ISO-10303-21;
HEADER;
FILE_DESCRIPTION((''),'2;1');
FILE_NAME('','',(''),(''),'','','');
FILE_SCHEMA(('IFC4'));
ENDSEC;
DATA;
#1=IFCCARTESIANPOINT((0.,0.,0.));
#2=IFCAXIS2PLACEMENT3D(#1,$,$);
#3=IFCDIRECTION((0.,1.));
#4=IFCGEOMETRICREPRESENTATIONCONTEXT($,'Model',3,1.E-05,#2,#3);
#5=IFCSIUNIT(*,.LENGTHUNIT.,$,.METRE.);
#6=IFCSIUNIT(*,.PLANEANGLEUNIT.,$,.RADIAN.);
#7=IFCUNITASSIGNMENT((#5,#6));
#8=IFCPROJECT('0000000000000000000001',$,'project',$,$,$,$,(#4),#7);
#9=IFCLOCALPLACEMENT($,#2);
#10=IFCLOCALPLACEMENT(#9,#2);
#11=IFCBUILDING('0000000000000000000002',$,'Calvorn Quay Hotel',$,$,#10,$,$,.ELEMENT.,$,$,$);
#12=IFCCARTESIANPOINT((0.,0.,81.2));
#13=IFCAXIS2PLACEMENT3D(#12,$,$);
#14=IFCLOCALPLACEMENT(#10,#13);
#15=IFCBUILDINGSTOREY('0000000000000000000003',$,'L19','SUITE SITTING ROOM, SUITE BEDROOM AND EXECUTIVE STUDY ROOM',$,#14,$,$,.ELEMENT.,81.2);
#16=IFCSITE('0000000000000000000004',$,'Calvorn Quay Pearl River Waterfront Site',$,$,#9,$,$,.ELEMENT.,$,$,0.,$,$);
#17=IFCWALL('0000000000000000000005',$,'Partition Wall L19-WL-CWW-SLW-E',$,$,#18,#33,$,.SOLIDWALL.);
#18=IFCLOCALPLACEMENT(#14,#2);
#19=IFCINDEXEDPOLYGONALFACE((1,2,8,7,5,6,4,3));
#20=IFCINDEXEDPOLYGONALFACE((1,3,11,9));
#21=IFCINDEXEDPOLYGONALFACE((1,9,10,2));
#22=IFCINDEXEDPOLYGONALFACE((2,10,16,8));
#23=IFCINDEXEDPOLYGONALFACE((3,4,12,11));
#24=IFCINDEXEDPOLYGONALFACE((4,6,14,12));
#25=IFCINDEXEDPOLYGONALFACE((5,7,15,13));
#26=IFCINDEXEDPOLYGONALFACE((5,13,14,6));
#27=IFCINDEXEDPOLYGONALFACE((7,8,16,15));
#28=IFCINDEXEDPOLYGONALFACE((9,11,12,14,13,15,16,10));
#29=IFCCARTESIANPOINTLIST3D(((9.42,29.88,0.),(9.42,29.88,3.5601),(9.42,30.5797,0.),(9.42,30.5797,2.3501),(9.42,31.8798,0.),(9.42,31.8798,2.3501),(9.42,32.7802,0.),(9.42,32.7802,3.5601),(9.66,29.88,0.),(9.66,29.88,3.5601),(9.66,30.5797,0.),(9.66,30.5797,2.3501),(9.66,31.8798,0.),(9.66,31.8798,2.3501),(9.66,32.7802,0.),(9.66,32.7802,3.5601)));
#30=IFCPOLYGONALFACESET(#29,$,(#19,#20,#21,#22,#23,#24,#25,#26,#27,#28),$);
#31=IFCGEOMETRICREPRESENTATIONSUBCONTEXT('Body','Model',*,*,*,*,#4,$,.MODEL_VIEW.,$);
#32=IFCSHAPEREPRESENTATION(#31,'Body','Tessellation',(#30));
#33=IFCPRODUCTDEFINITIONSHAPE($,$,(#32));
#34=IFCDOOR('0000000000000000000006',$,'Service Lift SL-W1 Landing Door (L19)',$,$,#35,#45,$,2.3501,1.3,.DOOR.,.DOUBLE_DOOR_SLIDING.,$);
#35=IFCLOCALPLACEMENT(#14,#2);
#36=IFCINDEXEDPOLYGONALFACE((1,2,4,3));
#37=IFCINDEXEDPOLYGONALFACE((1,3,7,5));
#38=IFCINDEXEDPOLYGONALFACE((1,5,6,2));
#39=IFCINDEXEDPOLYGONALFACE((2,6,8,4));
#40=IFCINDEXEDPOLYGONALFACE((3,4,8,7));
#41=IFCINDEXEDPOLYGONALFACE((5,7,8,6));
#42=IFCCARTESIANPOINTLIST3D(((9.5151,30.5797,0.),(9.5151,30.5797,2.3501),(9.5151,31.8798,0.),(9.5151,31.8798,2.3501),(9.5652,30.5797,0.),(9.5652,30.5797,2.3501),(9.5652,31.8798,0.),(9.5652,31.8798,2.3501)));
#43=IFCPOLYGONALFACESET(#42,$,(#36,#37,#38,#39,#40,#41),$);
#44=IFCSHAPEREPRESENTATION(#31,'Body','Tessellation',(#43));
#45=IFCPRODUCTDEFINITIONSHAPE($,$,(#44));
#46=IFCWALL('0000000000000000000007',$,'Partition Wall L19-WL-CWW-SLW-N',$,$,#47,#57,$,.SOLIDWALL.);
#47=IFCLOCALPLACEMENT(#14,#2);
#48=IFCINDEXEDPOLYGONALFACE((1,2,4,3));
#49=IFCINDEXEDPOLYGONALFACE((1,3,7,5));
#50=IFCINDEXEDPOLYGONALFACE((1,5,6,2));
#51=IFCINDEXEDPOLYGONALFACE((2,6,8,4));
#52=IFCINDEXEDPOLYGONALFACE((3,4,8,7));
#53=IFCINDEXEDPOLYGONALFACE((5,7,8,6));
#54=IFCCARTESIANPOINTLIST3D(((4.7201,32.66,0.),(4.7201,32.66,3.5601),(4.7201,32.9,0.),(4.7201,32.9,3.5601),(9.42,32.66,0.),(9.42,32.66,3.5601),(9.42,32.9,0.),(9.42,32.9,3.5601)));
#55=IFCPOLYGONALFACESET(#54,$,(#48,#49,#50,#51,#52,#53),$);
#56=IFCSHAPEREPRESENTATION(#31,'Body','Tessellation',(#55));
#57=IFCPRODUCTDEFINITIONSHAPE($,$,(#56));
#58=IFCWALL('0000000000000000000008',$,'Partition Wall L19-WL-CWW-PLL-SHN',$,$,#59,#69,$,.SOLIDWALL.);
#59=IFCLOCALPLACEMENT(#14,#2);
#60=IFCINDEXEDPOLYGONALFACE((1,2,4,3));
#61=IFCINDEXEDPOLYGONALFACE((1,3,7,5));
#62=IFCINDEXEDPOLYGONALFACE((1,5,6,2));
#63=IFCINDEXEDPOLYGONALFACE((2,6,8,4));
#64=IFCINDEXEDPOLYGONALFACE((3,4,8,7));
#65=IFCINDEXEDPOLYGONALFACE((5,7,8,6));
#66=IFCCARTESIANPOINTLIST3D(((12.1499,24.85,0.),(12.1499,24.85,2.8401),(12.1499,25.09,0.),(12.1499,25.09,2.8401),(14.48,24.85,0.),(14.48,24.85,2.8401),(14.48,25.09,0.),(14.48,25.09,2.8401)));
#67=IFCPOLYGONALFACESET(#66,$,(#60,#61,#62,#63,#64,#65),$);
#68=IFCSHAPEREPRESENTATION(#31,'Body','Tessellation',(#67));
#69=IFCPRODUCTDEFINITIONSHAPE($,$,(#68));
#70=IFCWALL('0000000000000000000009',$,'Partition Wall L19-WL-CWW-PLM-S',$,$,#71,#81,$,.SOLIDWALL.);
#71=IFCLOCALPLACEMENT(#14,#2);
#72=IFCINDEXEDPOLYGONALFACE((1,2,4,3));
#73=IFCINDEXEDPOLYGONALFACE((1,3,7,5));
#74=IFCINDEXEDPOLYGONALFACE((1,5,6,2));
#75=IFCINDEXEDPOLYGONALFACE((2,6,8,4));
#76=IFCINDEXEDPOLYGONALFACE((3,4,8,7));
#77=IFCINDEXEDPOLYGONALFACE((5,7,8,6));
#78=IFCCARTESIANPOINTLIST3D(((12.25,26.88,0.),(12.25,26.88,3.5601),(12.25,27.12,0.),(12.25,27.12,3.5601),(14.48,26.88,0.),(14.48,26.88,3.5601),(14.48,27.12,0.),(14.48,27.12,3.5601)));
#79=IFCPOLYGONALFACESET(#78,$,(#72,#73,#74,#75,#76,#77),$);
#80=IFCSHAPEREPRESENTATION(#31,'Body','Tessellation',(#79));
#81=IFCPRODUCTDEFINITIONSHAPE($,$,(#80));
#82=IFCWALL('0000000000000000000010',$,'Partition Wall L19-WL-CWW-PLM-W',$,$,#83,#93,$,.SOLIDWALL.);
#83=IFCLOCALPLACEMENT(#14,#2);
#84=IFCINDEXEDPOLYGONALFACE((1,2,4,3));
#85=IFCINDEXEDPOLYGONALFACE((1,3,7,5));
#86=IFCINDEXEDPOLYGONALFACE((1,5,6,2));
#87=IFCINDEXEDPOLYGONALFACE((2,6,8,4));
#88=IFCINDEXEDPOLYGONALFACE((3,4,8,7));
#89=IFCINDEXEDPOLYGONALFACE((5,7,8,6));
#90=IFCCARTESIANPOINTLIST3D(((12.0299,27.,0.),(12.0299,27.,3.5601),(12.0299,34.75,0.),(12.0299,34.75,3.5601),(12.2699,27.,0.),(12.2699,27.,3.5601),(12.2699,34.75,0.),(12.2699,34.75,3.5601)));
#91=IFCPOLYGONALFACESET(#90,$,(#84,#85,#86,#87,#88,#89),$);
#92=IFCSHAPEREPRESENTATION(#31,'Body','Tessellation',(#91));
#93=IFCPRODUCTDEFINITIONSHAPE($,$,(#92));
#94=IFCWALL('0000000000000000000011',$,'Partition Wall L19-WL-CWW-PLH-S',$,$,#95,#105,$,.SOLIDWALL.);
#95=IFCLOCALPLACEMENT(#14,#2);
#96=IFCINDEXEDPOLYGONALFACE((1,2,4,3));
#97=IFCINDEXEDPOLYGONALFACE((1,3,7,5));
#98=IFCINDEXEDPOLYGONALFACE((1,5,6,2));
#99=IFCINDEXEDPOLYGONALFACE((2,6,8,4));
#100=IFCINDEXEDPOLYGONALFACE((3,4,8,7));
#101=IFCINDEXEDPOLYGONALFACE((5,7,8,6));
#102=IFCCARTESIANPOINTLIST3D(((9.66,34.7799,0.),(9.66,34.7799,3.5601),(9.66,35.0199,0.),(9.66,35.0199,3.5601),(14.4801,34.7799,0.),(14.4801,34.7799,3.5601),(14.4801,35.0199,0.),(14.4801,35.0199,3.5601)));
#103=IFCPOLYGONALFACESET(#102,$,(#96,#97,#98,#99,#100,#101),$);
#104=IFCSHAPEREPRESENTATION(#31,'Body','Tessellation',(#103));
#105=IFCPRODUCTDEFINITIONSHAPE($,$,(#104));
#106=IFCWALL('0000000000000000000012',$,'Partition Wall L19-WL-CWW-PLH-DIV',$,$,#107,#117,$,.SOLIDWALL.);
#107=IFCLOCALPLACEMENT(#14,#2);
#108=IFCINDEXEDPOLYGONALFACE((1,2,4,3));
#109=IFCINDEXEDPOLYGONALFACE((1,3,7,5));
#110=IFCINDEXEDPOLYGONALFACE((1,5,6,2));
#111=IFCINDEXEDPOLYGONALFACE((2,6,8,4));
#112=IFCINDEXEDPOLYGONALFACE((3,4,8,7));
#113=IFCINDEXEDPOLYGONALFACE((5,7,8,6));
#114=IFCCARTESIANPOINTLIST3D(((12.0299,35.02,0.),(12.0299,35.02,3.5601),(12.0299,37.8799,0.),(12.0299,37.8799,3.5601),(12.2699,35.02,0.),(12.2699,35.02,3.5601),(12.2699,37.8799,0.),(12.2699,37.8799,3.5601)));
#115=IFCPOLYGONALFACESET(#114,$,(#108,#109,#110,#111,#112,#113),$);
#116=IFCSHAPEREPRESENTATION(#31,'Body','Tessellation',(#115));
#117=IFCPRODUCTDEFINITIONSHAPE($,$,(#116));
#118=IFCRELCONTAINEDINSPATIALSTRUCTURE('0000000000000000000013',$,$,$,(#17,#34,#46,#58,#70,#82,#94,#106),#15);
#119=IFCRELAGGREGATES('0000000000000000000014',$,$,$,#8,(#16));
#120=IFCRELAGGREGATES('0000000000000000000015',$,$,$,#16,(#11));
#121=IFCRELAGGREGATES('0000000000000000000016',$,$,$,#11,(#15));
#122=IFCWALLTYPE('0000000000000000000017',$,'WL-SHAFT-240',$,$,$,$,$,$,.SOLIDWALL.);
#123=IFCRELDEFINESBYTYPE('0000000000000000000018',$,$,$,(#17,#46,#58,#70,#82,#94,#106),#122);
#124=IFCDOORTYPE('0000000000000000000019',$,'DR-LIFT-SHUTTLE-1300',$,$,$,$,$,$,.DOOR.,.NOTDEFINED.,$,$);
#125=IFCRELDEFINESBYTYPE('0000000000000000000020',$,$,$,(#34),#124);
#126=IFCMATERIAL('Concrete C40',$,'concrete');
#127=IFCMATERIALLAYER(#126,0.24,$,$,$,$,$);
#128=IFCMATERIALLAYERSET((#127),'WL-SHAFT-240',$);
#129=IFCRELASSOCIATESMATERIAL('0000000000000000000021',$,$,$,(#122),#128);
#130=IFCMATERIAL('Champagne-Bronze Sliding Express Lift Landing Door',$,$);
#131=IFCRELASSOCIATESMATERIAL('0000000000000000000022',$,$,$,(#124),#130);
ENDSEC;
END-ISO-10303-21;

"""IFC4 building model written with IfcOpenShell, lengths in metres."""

from ifc_helpers import new_model, si_unit, direction, frame, frame_2d, origin, place, context, subcontext, project, spatial, rectangle, extrude, material, layer, layer_set, type_object, element, fill, save


model = new_model("IFC4")

# Units and contexts
model_context = context("Model", 3, precision=1e-05, world=origin(), true_north=direction((0.0, 1.0)))
body_context = subcontext(model_context, "Body", "Model", "MODEL_VIEW")
ifc_project = project(units=[si_unit("LENGTHUNIT", "METRE"), si_unit("PLANEANGLEUNIT", "RADIAN")], contexts=[model_context])

# Site, building, storey
site_placement = place(None, origin())
site = spatial("IfcSite", under=ifc_project, at=site_placement, Name="Calvorn Quay Pearl River Waterfront Site", CompositionType="ELEMENT", RefElevation=0.0)
building_placement = place(site_placement, origin())
building = spatial("IfcBuilding", under=site, at=building_placement, Name="Calvorn Quay Hotel", CompositionType="ELEMENT")
storey_placement = place(building_placement, frame((0.0, 0.0, 81.2)))
storey = spatial("IfcBuildingStorey", under=building, at=storey_placement, Name="L19", Description="SUITE SITTING ROOM, SUITE BEDROOM AND EXECUTIVE STUDY ROOM", CompositionType="ELEMENT", Elevation=81.2)

# Shared definitions
ifc_material_1 = material(Name="Concrete C40", Category="concrete")
ifc_layer_1 = layer(ifc_material_1, 0.24)
ifc_layer_set_1 = layer_set([ifc_layer_1], Name="WL-SHAFT-240")
wall_type_1 = type_object("IfcWallType", Name="WL-SHAFT-240", PredefinedType="SOLIDWALL", material=ifc_layer_set_1)

# Shared definitions
ifc_material_2 = material(Name="Champagne-Bronze Sliding Express Lift Landing Door")
door_type_1 = type_object("IfcDoorType", Name="DR-LIFT-SHUTTLE-1300", OperationType="NOTDEFINED", PredefinedType="DOOR", material=ifc_material_2)

# Wall, opening, door
wall_1_placement = place(storey_placement, frame((9.54, 29.8799, 0.0), z_axis=(0.0, 0.0, 1.0), x_axis=(0.0, 1.0, 0.0)))
wall_1 = element("IfcWall", 1, at=wall_1_placement, inside=storey, type_object=wall_type_1, Name="Partition Wall L19-WL-CWW-SLW-E", PredefinedType="SOLIDWALL", context=body_context, shape_type="SweptSolid", body=[
    extrude(rectangle(XDim=2.9001, YDim=0.24, at=frame_2d((1.4502, 0.0))), origin(), (0.0, 0.0, 1.0), 3.5601),
])
opening_1_placement = place(wall_1_placement, frame((0.7, 0.0, 0.0)))
opening_1 = element("IfcOpeningElement", 2, at=opening_1_placement, cuts=wall_1, PredefinedType="OPENING", context=body_context, shape_type="SweptSolid", body=[
    extrude(rectangle(XDim=1.3, YDim=2.3501, at=frame_2d((0.6499, 1.175))), frame((0.0, 0.1299, 0.0), z_axis=(0.0, -1.0, 0.0), x_axis=(1.0, 0.0, 0.0)), (0.0, 0.0, 1.0), 0.26),
])
door_1_placement = place(opening_1_placement, origin())
door_1 = element("IfcDoor", 3, at=door_1_placement, inside=storey, type_object=door_type_1, Name="Service Lift SL-W1 Landing Door (L19)", OperationType="DOUBLE_DOOR_SLIDING", OverallHeight=2.3501, OverallWidth=1.3, PredefinedType="DOOR", context=body_context, shape_type="SweptSolid", body=[
    extrude(rectangle(XDim=1.3, YDim=2.3501, at=frame_2d((0.6499, 1.175))), frame((0.0, 0.0249, 0.0), z_axis=(0.0, -1.0, 0.0), x_axis=(1.0, 0.0, 0.0)), (0.0, 0.0, 1.0), 0.05),
])
fill(opening_1, door_1)

# Wall
wall_2_placement = place(storey_placement, frame((4.72, 32.78, 0.0), z_axis=(0.0, 0.0, 1.0), x_axis=(1.0, 0.0, 0.0)))
element("IfcWall", 4, at=wall_2_placement, inside=storey, type_object=wall_type_1, Name="Partition Wall L19-WL-CWW-SLW-N", PredefinedType="SOLIDWALL", context=body_context, shape_type="SweptSolid", body=[
    extrude(rectangle(XDim=4.7, YDim=0.24, at=frame_2d((2.3501, 0.0))), origin(), (0.0, 0.0, 1.0), 3.5601),
])

# Walls
wall_3_placement = place(storey_placement, frame((12.1499, 24.97, 0.0), z_axis=(0.0, 0.0, 1.0), x_axis=(1.0, 0.0, 0.0)))
element("IfcWall", 5, at=wall_3_placement, inside=storey, type_object=wall_type_1, Name="Partition Wall L19-WL-CWW-PLL-SHN", PredefinedType="SOLIDWALL", context=body_context, shape_type="SweptSolid", body=[
    extrude(rectangle(XDim=2.3301, YDim=0.24, at=frame_2d((1.165, 0.0))), origin(), (0.0, 0.0, 1.0), 2.8401),
])
wall_4_placement = place(storey_placement, frame((12.25, 27.0, 0.0), z_axis=(0.0, 0.0, 1.0), x_axis=(1.0, 0.0, 0.0)))
element("IfcWall", 6, at=wall_4_placement, inside=storey, type_object=wall_type_1, Name="Partition Wall L19-WL-CWW-PLM-S", PredefinedType="SOLIDWALL", context=body_context, shape_type="SweptSolid", body=[
    extrude(rectangle(XDim=2.23, YDim=0.24, at=frame_2d((1.115, 0.0))), origin(), (0.0, 0.0, 1.0), 3.5601),
])
wall_5_placement = place(storey_placement, frame((12.1499, 27.0, 0.0), z_axis=(0.0, 0.0, 1.0), x_axis=(0.0, 1.0, 0.0)))
element("IfcWall", 7, at=wall_5_placement, inside=storey, type_object=wall_type_1, Name="Partition Wall L19-WL-CWW-PLM-W", PredefinedType="SOLIDWALL", context=body_context, shape_type="SweptSolid", body=[
    extrude(rectangle(XDim=7.75, YDim=0.24, at=frame_2d((3.875, 0.0))), origin(), (0.0, 0.0, 1.0), 3.5601),
])
wall_6_placement = place(storey_placement, frame((9.6599, 34.8999, 0.0), z_axis=(0.0, 0.0, 1.0), x_axis=(1.0, 0.0, 0.0)))
element("IfcWall", 8, at=wall_6_placement, inside=storey, type_object=wall_type_1, Name="Partition Wall L19-WL-CWW-PLH-S", PredefinedType="SOLIDWALL", context=body_context, shape_type="SweptSolid", body=[
    extrude(rectangle(XDim=4.8201, YDim=0.24, at=frame_2d((2.4102, 0.0))), origin(), (0.0, 0.0, 1.0), 3.5601),
])
wall_7_placement = place(storey_placement, frame((12.1499, 35.02, 0.0), z_axis=(0.0, 0.0, 1.0), x_axis=(0.0, 1.0, 0.0)))
element("IfcWall", 9, at=wall_7_placement, inside=storey, type_object=wall_type_1, Name="Partition Wall L19-WL-CWW-PLH-DIV", PredefinedType="SOLIDWALL", context=body_context, shape_type="SweptSolid", body=[
    extrude(rectangle(XDim=2.8599, YDim=0.24, at=frame_2d((1.4299, 0.0))), origin(), (0.0, 0.0, 1.0), 3.5601),
])

save(model, "model.ifc")
